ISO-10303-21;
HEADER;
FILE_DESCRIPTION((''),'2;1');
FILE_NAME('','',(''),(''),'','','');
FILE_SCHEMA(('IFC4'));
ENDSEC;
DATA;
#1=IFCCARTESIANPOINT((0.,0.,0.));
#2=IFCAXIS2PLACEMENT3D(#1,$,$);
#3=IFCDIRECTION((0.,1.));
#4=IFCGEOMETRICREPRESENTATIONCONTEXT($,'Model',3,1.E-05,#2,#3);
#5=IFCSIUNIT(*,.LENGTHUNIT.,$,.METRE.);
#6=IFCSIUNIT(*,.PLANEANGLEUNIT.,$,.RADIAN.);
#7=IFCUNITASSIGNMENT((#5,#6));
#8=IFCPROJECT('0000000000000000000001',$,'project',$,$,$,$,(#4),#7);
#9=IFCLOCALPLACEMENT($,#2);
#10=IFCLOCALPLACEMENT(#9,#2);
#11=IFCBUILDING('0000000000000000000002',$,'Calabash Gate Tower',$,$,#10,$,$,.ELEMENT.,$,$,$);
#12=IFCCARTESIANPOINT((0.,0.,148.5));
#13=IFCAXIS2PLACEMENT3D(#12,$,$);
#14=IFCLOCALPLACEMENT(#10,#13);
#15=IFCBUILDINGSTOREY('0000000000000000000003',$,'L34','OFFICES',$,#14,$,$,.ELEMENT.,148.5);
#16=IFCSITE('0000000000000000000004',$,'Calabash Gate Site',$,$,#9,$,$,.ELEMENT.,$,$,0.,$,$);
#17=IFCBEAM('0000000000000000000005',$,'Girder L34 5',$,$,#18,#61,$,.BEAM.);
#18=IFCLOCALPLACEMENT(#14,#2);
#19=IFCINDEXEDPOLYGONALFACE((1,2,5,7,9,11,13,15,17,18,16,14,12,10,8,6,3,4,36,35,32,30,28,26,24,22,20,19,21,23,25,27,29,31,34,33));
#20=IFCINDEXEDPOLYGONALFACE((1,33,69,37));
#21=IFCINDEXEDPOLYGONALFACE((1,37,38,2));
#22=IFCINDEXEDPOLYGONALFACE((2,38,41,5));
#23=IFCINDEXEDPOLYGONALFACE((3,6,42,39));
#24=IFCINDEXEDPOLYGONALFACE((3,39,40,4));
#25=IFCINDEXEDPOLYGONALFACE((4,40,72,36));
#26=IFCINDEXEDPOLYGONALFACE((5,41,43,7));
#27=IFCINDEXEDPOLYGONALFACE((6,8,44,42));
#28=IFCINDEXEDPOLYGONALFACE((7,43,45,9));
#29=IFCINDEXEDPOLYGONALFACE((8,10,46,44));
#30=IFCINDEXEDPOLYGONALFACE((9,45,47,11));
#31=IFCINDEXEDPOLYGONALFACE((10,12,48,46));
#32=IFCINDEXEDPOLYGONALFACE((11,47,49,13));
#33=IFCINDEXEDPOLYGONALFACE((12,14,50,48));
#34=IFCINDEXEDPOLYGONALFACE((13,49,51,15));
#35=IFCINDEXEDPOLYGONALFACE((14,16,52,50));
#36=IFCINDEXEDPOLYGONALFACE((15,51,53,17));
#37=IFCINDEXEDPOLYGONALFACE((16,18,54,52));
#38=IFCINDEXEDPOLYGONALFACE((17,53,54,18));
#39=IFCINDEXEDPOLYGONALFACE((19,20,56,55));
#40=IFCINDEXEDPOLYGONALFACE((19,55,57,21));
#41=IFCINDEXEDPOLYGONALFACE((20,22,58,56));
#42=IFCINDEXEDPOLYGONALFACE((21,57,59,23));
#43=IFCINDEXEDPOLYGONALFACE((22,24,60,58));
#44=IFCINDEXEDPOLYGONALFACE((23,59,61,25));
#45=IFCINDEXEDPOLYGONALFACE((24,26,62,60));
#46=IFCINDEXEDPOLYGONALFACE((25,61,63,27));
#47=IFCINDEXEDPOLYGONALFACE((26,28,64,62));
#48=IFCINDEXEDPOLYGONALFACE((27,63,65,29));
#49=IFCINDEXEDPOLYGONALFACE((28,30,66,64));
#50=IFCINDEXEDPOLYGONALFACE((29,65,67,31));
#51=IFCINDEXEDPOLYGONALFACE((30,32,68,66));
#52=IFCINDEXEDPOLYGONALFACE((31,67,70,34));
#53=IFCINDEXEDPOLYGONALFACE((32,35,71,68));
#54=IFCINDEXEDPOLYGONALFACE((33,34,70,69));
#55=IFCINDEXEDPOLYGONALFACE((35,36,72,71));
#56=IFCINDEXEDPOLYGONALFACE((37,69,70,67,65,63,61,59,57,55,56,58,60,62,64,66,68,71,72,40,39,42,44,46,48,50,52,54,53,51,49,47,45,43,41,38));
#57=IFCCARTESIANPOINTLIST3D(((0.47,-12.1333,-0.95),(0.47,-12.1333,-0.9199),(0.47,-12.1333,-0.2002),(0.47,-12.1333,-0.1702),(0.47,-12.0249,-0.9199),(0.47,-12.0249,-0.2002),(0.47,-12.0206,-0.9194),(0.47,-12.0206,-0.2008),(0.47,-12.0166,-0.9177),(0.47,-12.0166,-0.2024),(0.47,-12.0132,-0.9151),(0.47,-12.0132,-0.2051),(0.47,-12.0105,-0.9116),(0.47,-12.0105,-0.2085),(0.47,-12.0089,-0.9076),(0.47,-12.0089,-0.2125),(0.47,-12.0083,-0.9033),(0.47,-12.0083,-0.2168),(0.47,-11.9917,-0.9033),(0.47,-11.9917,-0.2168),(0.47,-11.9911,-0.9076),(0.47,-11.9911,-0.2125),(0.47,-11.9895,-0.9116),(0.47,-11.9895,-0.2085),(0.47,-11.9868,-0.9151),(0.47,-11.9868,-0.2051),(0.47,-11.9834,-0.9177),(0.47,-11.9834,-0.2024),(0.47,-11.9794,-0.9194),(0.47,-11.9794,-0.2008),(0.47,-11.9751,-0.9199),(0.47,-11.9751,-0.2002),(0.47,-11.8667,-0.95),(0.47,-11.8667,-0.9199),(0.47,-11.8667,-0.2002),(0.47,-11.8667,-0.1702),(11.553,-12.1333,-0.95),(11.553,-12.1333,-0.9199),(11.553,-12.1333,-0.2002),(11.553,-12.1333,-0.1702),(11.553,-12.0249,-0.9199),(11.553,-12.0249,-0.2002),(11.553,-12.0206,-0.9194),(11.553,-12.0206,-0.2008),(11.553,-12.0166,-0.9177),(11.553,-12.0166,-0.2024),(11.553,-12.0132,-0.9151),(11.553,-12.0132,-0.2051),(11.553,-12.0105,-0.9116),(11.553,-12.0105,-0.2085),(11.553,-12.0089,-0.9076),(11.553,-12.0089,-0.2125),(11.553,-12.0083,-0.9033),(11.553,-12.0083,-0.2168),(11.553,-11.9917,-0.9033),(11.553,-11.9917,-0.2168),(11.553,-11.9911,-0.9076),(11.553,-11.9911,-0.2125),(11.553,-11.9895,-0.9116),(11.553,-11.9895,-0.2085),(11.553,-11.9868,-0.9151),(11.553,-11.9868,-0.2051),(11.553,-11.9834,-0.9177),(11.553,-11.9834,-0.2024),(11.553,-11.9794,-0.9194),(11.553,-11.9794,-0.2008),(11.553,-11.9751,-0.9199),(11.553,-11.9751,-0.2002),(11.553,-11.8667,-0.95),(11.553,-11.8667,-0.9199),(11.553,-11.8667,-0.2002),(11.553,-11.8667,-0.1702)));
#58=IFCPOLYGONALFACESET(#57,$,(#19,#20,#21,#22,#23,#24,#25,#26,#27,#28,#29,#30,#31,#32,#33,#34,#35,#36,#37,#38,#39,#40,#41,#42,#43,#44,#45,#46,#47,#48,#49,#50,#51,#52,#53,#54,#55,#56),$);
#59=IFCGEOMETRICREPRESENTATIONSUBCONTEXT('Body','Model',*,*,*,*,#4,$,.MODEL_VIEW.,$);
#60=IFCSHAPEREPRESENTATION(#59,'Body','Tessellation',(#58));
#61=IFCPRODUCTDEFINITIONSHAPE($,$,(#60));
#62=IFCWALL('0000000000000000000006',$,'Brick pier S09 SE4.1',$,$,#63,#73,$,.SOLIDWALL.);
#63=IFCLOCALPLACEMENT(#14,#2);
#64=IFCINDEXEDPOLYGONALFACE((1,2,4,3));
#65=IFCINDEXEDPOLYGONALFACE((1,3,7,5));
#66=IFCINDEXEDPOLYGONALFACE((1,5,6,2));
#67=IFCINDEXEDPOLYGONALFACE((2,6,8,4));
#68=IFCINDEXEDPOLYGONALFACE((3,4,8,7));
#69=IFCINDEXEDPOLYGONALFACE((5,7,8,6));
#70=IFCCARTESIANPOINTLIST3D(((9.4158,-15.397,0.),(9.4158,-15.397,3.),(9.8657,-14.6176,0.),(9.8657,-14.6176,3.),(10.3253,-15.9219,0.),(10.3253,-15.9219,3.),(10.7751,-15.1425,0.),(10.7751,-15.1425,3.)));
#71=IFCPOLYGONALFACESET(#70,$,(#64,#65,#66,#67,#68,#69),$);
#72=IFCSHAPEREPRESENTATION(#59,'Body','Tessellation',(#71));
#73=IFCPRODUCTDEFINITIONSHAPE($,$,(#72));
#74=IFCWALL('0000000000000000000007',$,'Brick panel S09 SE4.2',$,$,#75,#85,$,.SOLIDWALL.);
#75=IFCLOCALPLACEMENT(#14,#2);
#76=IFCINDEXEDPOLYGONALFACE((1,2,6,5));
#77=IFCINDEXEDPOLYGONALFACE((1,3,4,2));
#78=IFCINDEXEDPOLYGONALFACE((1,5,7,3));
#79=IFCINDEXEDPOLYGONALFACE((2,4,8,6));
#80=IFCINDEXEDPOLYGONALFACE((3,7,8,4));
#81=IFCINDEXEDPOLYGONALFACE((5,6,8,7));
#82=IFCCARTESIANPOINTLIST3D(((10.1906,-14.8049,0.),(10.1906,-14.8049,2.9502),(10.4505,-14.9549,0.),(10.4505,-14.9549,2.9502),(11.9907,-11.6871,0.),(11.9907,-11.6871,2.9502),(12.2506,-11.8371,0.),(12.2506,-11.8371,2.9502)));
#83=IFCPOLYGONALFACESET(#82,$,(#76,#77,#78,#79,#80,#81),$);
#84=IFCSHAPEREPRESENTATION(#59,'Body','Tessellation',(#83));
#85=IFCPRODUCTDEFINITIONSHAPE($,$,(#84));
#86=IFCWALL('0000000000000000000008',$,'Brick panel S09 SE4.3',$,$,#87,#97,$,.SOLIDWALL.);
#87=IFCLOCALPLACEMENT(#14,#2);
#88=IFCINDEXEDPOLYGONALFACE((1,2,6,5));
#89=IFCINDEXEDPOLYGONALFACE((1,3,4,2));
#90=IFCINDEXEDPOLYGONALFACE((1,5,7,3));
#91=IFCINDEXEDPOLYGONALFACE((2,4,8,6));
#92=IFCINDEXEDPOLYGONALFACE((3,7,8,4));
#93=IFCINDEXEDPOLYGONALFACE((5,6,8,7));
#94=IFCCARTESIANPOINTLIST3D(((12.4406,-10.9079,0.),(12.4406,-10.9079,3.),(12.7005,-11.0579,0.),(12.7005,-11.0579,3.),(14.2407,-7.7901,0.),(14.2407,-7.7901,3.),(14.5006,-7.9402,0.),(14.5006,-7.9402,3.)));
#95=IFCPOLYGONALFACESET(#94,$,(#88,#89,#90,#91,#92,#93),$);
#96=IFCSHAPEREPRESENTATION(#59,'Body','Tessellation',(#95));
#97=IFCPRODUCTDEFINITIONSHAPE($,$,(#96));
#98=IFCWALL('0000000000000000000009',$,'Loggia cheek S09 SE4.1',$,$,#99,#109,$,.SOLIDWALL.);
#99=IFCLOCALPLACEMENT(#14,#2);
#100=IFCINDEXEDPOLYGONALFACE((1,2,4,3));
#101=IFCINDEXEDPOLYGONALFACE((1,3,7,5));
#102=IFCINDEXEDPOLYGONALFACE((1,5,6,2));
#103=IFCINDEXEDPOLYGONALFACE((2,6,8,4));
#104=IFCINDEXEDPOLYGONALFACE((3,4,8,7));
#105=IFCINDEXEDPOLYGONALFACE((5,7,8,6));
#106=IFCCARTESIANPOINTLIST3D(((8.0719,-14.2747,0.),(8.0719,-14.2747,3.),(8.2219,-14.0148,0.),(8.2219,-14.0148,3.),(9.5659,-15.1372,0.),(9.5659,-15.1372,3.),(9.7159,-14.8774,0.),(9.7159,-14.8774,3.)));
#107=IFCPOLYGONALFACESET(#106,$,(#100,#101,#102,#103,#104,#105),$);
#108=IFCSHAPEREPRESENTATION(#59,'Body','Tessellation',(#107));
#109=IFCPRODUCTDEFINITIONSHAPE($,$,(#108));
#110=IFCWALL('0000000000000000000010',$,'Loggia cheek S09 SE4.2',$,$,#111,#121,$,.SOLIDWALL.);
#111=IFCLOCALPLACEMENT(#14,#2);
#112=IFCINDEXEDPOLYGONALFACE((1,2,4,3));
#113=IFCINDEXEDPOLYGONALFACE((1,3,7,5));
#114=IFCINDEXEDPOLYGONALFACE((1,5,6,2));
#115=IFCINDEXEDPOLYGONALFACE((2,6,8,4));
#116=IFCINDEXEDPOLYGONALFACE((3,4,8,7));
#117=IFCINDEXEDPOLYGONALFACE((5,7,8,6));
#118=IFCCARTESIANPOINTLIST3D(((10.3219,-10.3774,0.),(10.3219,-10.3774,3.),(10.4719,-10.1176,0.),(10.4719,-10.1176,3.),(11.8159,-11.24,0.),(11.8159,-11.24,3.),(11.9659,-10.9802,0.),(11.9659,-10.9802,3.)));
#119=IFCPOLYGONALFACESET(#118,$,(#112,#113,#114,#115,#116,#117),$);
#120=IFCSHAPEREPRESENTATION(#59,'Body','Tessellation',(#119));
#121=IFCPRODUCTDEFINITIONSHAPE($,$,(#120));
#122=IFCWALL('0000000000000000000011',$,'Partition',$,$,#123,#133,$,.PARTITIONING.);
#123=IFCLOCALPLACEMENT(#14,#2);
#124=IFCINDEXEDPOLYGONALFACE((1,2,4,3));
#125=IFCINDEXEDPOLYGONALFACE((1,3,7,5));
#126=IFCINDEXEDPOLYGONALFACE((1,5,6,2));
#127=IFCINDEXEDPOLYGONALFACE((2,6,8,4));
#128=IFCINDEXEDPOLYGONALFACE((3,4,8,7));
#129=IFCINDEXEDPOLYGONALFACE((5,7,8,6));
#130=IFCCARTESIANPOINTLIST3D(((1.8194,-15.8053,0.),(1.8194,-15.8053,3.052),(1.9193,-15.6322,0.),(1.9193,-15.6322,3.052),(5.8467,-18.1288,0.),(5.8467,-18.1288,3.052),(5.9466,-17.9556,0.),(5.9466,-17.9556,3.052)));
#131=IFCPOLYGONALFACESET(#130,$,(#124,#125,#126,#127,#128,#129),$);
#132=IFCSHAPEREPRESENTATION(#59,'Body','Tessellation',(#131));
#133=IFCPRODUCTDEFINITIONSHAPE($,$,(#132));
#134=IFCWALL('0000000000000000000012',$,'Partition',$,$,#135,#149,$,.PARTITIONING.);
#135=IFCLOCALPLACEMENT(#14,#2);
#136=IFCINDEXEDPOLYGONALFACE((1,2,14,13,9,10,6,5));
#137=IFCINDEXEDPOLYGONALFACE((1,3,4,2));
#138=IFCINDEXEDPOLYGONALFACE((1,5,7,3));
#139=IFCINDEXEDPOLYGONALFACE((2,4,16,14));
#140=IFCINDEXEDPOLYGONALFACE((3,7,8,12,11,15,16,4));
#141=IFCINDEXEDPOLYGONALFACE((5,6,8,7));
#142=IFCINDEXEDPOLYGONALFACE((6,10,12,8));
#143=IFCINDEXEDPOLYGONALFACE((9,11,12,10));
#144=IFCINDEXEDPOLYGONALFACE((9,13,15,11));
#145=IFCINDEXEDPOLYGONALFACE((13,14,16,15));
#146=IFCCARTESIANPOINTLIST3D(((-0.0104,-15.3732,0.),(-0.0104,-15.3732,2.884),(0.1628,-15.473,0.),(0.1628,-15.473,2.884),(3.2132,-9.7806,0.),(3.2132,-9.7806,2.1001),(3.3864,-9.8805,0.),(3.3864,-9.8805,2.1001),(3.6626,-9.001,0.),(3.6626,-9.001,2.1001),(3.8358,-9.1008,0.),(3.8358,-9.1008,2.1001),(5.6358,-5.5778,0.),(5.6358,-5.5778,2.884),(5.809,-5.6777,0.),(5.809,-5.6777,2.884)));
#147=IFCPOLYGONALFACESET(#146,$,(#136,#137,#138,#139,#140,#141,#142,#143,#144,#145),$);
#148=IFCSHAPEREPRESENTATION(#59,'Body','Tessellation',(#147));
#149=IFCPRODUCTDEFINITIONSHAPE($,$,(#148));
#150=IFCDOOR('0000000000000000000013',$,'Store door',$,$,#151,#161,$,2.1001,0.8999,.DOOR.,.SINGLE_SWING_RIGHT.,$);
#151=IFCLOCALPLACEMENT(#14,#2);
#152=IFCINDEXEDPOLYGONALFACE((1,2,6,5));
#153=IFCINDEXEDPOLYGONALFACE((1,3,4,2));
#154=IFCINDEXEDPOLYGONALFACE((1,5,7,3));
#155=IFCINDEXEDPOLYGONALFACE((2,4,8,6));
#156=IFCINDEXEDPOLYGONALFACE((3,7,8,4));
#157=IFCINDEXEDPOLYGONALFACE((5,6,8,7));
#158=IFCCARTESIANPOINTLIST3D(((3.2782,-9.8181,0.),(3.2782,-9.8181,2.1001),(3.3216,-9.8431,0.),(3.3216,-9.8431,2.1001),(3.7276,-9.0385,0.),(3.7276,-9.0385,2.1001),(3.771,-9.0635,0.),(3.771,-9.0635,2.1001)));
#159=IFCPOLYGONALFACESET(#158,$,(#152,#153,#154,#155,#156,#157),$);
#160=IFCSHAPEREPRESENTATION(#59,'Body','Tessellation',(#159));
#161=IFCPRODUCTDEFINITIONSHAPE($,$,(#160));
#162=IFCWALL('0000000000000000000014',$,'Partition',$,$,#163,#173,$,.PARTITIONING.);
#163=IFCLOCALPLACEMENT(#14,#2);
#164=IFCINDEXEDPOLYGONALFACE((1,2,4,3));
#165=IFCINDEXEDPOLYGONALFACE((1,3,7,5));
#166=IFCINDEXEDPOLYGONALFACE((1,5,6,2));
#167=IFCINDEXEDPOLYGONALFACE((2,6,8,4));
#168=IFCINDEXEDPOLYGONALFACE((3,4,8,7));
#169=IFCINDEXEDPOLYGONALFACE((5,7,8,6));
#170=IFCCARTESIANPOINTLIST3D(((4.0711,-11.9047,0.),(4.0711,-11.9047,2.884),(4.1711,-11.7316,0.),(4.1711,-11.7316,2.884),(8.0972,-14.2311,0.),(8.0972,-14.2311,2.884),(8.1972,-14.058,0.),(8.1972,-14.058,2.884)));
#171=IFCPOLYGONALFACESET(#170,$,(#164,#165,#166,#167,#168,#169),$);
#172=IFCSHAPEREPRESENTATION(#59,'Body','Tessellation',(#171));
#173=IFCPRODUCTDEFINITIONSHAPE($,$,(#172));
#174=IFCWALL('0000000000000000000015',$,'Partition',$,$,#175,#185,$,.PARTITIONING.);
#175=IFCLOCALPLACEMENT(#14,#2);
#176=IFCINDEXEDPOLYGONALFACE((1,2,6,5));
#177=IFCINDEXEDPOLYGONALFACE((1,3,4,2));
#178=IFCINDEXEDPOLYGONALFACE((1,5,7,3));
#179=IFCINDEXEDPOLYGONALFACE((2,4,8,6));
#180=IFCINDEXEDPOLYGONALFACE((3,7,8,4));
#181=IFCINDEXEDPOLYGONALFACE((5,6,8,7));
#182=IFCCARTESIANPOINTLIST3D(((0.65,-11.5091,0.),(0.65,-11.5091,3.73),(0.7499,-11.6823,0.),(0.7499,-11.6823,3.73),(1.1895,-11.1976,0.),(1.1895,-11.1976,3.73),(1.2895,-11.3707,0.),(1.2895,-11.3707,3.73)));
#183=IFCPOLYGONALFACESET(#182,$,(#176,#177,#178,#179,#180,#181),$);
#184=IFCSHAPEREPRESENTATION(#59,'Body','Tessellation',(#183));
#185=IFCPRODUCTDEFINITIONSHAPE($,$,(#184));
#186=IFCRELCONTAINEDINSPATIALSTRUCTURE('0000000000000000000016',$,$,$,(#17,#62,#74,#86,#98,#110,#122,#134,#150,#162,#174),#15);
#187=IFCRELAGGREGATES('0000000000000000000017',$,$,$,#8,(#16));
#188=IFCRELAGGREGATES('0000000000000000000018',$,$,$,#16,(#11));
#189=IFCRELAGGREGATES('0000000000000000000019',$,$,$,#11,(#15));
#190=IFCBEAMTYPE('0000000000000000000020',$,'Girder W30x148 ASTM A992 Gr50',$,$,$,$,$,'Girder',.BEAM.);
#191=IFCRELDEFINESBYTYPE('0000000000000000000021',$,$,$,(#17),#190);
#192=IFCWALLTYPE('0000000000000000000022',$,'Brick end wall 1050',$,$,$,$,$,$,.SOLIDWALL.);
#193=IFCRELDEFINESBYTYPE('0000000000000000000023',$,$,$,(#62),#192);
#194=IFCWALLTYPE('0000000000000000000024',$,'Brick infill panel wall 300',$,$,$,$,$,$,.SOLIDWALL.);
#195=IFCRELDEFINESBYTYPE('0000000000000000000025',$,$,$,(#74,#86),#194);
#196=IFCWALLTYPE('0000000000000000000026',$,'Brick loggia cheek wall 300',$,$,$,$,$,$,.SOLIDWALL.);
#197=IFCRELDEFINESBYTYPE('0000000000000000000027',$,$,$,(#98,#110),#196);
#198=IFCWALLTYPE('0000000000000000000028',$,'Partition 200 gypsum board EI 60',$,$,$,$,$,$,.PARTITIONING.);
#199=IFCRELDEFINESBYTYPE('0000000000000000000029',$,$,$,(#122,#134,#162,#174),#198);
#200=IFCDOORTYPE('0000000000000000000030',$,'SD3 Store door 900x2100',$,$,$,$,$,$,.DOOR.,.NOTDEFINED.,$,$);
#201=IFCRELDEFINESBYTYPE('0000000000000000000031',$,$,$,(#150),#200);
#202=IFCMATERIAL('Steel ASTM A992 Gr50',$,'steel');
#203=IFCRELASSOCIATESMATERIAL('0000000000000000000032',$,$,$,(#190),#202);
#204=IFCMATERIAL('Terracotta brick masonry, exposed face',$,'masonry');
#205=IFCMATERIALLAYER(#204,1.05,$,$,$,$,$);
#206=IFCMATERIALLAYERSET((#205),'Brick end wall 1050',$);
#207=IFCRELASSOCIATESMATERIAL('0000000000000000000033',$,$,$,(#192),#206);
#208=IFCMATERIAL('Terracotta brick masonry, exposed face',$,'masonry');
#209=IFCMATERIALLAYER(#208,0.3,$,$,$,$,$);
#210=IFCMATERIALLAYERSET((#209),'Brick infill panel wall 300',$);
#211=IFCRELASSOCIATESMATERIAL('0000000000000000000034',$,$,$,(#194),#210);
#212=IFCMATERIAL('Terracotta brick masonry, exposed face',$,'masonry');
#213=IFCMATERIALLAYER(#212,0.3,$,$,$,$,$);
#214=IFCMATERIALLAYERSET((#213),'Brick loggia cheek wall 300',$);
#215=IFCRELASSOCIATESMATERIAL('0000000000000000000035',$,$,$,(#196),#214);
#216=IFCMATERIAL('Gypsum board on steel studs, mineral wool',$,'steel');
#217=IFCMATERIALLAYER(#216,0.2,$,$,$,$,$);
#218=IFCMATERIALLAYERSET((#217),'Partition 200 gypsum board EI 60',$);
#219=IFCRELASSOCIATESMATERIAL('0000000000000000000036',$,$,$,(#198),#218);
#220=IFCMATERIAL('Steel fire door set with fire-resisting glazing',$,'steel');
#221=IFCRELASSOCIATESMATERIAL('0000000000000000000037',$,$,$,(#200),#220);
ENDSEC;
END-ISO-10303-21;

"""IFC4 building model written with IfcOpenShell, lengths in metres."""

from ifc_helpers import new_model, si_unit, direction, frame, frame_2d, origin, origin_2d, place, context, subcontext, project, spatial, rectangle, i_section, extrude, material, layer, layer_set, material_profile, profile_set, type_object, element, fill, save


model = new_model("IFC4")

# Units and contexts
model_context = context("Model", 3, precision=1e-05, world=origin(), true_north=direction((0.0, 1.0)))
body_context = subcontext(model_context, "Body", "Model", "MODEL_VIEW")
ifc_project = project(units=[si_unit("LENGTHUNIT", "METRE"), si_unit("PLANEANGLEUNIT", "RADIAN")], contexts=[model_context])

# Site, building, storey
site_placement = place(None, origin())
site = spatial("IfcSite", under=ifc_project, at=site_placement, Name="Calabash Gate Site", CompositionType="ELEMENT", RefElevation=0.0)
building_placement = place(site_placement, origin())
building = spatial("IfcBuilding", under=site, at=building_placement, Name="Calabash Gate Tower", CompositionType="ELEMENT")
storey_placement = place(building_placement, frame((0.0, 0.0, 148.5)))
storey = spatial("IfcBuildingStorey", under=building, at=storey_placement, Name="L34", Description="OFFICES", CompositionType="ELEMENT", Elevation=148.5)

# Beam
ifc_material_1 = material(Name="Steel ASTM A992 Gr50", Category="steel")
ifc_material_profile_1 = material_profile(ifc_material_1, i_section(OverallWidth=0.2666, OverallDepth=0.7798, WebThickness=0.0166, FlangeThickness=0.03, FilletRadius=0.0166, at=origin_2d()))
ifc_profile_set_1 = profile_set([ifc_material_profile_1], Name="Steel ASTM A992 Gr50")
beam_type_1 = type_object("IfcBeamType", Name="Girder W30x148 ASTM A992 Gr50", ElementType="Girder", PredefinedType="BEAM", material=ifc_profile_set_1)
beam_1_placement = place(storey_placement, frame((0.47, -12.0, -0.5601), z_axis=(1.0, 0.0, 0.0), x_axis=(0.0, 1.0, 0.0)))
element("IfcBeam", 1, at=beam_1_placement, inside=storey, type_object=beam_type_1, Name="Girder L34 5", PredefinedType="BEAM", context=body_context, shape_type="SweptSolid", body=[
    extrude(i_section(OverallWidth=0.2666, OverallDepth=0.7798, WebThickness=0.0166, FlangeThickness=0.03, FilletRadius=0.0166, at=origin_2d()), origin(), (0.0, 0.0, 1.0), 11.083),
])

# Walls
ifc_material_2 = material(Name="Terracotta brick masonry, exposed face", Category="masonry")
ifc_layer_1 = layer(ifc_material_2, 1.05)
ifc_layer_set_1 = layer_set([ifc_layer_1], Name="Brick end wall 1050")
wall_type_1 = type_object("IfcWallType", Name="Brick end wall 1050", PredefinedType="SOLIDWALL", material=ifc_layer_set_1)
wall_1_placement = place(storey_placement, frame((9.6409, -15.0073, 0.0), z_axis=(0.0, 0.0, 1.0), x_axis=(0.866089, -0.49989, 0.0)))
element("IfcWall", 2, at=wall_1_placement, inside=storey, type_object=wall_type_1, Name="Brick pier S09 SE4.1", PredefinedType="SOLIDWALL", context=body_context, shape_type="SweptSolid", body=[
    extrude(rectangle(XDim=1.05, YDim=0.8999, at=frame_2d((0.5249, 0.0))), origin(), (0.0, 0.0, 1.0), 3.0),
])
ifc_material_3 = material(Name="Terracotta brick masonry, exposed face", Category="masonry")
ifc_layer_2 = layer(ifc_material_3, 0.3)
ifc_layer_set_2 = layer_set([ifc_layer_2], Name="Brick infill panel wall 300")
wall_type_2 = type_object("IfcWallType", Name="Brick infill panel wall 300", PredefinedType="SOLIDWALL", material=ifc_layer_set_2)
wall_2_placement = place(storey_placement, frame((10.3206, -14.8799, 0.0), z_axis=(0.0, 0.0, 1.0), x_axis=(0.500012, 0.866018, 0.0)))
element("IfcWall", 3, at=wall_2_placement, inside=storey, type_object=wall_type_2, Name="Brick panel S09 SE4.2", PredefinedType="SOLIDWALL", context=body_context, shape_type="SweptSolid", body=[
    extrude(rectangle(XDim=3.6001, YDim=0.3, at=frame_2d((1.8, 0.0))), origin(), (0.0, 0.0, 1.0), 2.9502),
])
wall_3_placement = place(storey_placement, frame((12.5706, -10.9829, 0.0), z_axis=(0.0, 0.0, 1.0), x_axis=(0.500012, 0.866018, 0.0)))
element("IfcWall", 4, at=wall_3_placement, inside=storey, type_object=wall_type_2, Name="Brick panel S09 SE4.3", PredefinedType="SOLIDWALL", context=body_context, shape_type="SweptSolid", body=[
    extrude(rectangle(XDim=3.6001, YDim=0.3, at=frame_2d((1.8, 0.0))), origin(), (0.0, 0.0, 1.0), 3.0),
])
ifc_material_4 = material(Name="Terracotta brick masonry, exposed face", Category="masonry")
ifc_layer_3 = layer(ifc_material_4, 0.3)
ifc_layer_set_3 = layer_set([ifc_layer_3], Name="Brick loggia cheek wall 300")
wall_type_3 = type_object("IfcWallType", Name="Brick loggia cheek wall 300", PredefinedType="SOLIDWALL", material=ifc_layer_set_3)
for number, where, z_axis, x_axis, name in (
    (5, (9.6409, -15.0073, 0.0), (0.0, 0.0, 1.0), (-0.866014, 0.500021, 0.0), "Loggia cheek S09 SE4.1"),
    (6, (11.8909, -11.1101, 0.0), (0.0, 0.0, 1.0), (-0.866014, 0.500021, 0.0), "Loggia cheek S09 SE4.2"),
):
    element("IfcWall", number, at=place(storey_placement, frame(where, z_axis=z_axis, x_axis=x_axis)), inside=storey, type_object=wall_type_3, Name=name, PredefinedType="SOLIDWALL", context=body_context, shape_type="SweptSolid", body=[
        extrude(rectangle(XDim=1.7251, YDim=0.3, at=frame_2d((0.8625, 0.0))), origin(), (0.0, 0.0, 1.0), 3.0),
    ])
ifc_material_5 = material(Name="Gypsum board on steel studs, mineral wool", Category="steel")
ifc_layer_4 = layer(ifc_material_5, 0.2)
ifc_layer_set_4 = layer_set([ifc_layer_4], Name="Partition 200 gypsum board EI 60")
wall_type_4 = type_object("IfcWallType", Name="Partition 200 gypsum board EI 60", PredefinedType="PARTITIONING", material=ifc_layer_set_4)
wall_4_placement = place(storey_placement, frame((1.8694, -15.7188, 0.0), z_axis=(0.0, 0.0, 1.0), x_axis=(0.866184, -0.499725, 0.0)))
element("IfcWall", 7, at=wall_4_placement, inside=storey, type_object=wall_type_4, Name="Partition", PredefinedType="PARTITIONING", context=body_context, shape_type="SweptSolid", body=[
    extrude(rectangle(XDim=4.6494, YDim=0.2, at=frame_2d((2.3247, 0.0))), origin(), (0.0, 0.0, 1.0), 3.052),
])

# Wall, opening, door
wall_5_placement = place(storey_placement, frame((0.0762, -15.4231, 0.0), z_axis=(0.0, 0.0, 1.0), x_axis=(0.499393, 0.866375, 0.0)))
wall_5 = element("IfcWall", 8, at=wall_5_placement, inside=storey, type_object=wall_type_4, Name="Partition", PredefinedType="PARTITIONING", context=body_context, shape_type="SweptSolid", body=[
    extrude(rectangle(XDim=11.3062, YDim=0.2, at=frame_2d((5.6531, 0.0))), origin(), (0.0, 0.0, 1.0), 2.884),
])
opening_1_placement = place(wall_5_placement, frame((6.4551, 0.0, 0.0)))
opening_1 = element("IfcOpeningElement", 9, at=opening_1_placement, cuts=wall_5, PredefinedType="OPENING", context=body_context, shape_type="SweptSolid", body=[
    extrude(rectangle(XDim=0.8999, YDim=2.1001, at=frame_2d((0.45, 1.05))), frame((0.0, 0.1099, 0.0), z_axis=(0.0, -1.0, 0.0), x_axis=(1.0, 0.0, 0.0)), (0.0, 0.0, 1.0), 0.22),
])
ifc_material_6 = material(Name="Steel fire door set with fire-resisting glazing", Category="steel")
door_type_1 = type_object("IfcDoorType", Name="SD3 Store door 900x2100", OperationType="NOTDEFINED", PredefinedType="DOOR", material=ifc_material_6)
door_1_placement = place(opening_1_placement, origin())
door_1 = element("IfcDoor", 10, at=door_1_placement, inside=storey, type_object=door_type_1, Name="Store door", OperationType="SINGLE_SWING_RIGHT", OverallHeight=2.1001, OverallWidth=0.8999, PredefinedType="DOOR", context=body_context, shape_type="SweptSolid", body=[
    extrude(rectangle(XDim=0.8999, YDim=2.1001, at=frame_2d((0.45, 1.05))), frame((0.0, 0.0249, 0.0), z_axis=(0.0, -1.0, 0.0), x_axis=(1.0, 0.0, 0.0)), (0.0, 0.0, 1.0), 0.05),
])
fill(opening_1, door_1)

# Walls
wall_6_placement = place(storey_placement, frame((4.1211, -11.8181, 0.0), z_axis=(0.0, 0.0, 1.0), x_axis=(0.865845, -0.500312, 0.0)))
element("IfcWall", 11, at=wall_6_placement, inside=storey, type_object=wall_type_4, Name="Partition", PredefinedType="PARTITIONING", context=body_context, shape_type="SweptSolid", body=[
    extrude(rectangle(XDim=4.6499, YDim=0.2, at=frame_2d((2.325, 0.0))), origin(), (0.0, 0.0, 1.0), 2.884),
])
wall_7_placement = place(storey_placement, frame((0.7, -11.5957, 0.0), z_axis=(0.0, 0.0, 1.0), x_axis=(0.866016, 0.500016, 0.0)))
element("IfcWall", 12, at=wall_7_placement, inside=storey, type_object=wall_type_4, Name="Partition", PredefinedType="PARTITIONING", context=body_context, shape_type="SweptSolid", body=[
    extrude(rectangle(XDim=0.623, YDim=0.2, at=frame_2d((0.3115, 0.0))), origin(), (0.0, 0.0, 1.0), 3.73),
])

save(model, "model.ifc")
